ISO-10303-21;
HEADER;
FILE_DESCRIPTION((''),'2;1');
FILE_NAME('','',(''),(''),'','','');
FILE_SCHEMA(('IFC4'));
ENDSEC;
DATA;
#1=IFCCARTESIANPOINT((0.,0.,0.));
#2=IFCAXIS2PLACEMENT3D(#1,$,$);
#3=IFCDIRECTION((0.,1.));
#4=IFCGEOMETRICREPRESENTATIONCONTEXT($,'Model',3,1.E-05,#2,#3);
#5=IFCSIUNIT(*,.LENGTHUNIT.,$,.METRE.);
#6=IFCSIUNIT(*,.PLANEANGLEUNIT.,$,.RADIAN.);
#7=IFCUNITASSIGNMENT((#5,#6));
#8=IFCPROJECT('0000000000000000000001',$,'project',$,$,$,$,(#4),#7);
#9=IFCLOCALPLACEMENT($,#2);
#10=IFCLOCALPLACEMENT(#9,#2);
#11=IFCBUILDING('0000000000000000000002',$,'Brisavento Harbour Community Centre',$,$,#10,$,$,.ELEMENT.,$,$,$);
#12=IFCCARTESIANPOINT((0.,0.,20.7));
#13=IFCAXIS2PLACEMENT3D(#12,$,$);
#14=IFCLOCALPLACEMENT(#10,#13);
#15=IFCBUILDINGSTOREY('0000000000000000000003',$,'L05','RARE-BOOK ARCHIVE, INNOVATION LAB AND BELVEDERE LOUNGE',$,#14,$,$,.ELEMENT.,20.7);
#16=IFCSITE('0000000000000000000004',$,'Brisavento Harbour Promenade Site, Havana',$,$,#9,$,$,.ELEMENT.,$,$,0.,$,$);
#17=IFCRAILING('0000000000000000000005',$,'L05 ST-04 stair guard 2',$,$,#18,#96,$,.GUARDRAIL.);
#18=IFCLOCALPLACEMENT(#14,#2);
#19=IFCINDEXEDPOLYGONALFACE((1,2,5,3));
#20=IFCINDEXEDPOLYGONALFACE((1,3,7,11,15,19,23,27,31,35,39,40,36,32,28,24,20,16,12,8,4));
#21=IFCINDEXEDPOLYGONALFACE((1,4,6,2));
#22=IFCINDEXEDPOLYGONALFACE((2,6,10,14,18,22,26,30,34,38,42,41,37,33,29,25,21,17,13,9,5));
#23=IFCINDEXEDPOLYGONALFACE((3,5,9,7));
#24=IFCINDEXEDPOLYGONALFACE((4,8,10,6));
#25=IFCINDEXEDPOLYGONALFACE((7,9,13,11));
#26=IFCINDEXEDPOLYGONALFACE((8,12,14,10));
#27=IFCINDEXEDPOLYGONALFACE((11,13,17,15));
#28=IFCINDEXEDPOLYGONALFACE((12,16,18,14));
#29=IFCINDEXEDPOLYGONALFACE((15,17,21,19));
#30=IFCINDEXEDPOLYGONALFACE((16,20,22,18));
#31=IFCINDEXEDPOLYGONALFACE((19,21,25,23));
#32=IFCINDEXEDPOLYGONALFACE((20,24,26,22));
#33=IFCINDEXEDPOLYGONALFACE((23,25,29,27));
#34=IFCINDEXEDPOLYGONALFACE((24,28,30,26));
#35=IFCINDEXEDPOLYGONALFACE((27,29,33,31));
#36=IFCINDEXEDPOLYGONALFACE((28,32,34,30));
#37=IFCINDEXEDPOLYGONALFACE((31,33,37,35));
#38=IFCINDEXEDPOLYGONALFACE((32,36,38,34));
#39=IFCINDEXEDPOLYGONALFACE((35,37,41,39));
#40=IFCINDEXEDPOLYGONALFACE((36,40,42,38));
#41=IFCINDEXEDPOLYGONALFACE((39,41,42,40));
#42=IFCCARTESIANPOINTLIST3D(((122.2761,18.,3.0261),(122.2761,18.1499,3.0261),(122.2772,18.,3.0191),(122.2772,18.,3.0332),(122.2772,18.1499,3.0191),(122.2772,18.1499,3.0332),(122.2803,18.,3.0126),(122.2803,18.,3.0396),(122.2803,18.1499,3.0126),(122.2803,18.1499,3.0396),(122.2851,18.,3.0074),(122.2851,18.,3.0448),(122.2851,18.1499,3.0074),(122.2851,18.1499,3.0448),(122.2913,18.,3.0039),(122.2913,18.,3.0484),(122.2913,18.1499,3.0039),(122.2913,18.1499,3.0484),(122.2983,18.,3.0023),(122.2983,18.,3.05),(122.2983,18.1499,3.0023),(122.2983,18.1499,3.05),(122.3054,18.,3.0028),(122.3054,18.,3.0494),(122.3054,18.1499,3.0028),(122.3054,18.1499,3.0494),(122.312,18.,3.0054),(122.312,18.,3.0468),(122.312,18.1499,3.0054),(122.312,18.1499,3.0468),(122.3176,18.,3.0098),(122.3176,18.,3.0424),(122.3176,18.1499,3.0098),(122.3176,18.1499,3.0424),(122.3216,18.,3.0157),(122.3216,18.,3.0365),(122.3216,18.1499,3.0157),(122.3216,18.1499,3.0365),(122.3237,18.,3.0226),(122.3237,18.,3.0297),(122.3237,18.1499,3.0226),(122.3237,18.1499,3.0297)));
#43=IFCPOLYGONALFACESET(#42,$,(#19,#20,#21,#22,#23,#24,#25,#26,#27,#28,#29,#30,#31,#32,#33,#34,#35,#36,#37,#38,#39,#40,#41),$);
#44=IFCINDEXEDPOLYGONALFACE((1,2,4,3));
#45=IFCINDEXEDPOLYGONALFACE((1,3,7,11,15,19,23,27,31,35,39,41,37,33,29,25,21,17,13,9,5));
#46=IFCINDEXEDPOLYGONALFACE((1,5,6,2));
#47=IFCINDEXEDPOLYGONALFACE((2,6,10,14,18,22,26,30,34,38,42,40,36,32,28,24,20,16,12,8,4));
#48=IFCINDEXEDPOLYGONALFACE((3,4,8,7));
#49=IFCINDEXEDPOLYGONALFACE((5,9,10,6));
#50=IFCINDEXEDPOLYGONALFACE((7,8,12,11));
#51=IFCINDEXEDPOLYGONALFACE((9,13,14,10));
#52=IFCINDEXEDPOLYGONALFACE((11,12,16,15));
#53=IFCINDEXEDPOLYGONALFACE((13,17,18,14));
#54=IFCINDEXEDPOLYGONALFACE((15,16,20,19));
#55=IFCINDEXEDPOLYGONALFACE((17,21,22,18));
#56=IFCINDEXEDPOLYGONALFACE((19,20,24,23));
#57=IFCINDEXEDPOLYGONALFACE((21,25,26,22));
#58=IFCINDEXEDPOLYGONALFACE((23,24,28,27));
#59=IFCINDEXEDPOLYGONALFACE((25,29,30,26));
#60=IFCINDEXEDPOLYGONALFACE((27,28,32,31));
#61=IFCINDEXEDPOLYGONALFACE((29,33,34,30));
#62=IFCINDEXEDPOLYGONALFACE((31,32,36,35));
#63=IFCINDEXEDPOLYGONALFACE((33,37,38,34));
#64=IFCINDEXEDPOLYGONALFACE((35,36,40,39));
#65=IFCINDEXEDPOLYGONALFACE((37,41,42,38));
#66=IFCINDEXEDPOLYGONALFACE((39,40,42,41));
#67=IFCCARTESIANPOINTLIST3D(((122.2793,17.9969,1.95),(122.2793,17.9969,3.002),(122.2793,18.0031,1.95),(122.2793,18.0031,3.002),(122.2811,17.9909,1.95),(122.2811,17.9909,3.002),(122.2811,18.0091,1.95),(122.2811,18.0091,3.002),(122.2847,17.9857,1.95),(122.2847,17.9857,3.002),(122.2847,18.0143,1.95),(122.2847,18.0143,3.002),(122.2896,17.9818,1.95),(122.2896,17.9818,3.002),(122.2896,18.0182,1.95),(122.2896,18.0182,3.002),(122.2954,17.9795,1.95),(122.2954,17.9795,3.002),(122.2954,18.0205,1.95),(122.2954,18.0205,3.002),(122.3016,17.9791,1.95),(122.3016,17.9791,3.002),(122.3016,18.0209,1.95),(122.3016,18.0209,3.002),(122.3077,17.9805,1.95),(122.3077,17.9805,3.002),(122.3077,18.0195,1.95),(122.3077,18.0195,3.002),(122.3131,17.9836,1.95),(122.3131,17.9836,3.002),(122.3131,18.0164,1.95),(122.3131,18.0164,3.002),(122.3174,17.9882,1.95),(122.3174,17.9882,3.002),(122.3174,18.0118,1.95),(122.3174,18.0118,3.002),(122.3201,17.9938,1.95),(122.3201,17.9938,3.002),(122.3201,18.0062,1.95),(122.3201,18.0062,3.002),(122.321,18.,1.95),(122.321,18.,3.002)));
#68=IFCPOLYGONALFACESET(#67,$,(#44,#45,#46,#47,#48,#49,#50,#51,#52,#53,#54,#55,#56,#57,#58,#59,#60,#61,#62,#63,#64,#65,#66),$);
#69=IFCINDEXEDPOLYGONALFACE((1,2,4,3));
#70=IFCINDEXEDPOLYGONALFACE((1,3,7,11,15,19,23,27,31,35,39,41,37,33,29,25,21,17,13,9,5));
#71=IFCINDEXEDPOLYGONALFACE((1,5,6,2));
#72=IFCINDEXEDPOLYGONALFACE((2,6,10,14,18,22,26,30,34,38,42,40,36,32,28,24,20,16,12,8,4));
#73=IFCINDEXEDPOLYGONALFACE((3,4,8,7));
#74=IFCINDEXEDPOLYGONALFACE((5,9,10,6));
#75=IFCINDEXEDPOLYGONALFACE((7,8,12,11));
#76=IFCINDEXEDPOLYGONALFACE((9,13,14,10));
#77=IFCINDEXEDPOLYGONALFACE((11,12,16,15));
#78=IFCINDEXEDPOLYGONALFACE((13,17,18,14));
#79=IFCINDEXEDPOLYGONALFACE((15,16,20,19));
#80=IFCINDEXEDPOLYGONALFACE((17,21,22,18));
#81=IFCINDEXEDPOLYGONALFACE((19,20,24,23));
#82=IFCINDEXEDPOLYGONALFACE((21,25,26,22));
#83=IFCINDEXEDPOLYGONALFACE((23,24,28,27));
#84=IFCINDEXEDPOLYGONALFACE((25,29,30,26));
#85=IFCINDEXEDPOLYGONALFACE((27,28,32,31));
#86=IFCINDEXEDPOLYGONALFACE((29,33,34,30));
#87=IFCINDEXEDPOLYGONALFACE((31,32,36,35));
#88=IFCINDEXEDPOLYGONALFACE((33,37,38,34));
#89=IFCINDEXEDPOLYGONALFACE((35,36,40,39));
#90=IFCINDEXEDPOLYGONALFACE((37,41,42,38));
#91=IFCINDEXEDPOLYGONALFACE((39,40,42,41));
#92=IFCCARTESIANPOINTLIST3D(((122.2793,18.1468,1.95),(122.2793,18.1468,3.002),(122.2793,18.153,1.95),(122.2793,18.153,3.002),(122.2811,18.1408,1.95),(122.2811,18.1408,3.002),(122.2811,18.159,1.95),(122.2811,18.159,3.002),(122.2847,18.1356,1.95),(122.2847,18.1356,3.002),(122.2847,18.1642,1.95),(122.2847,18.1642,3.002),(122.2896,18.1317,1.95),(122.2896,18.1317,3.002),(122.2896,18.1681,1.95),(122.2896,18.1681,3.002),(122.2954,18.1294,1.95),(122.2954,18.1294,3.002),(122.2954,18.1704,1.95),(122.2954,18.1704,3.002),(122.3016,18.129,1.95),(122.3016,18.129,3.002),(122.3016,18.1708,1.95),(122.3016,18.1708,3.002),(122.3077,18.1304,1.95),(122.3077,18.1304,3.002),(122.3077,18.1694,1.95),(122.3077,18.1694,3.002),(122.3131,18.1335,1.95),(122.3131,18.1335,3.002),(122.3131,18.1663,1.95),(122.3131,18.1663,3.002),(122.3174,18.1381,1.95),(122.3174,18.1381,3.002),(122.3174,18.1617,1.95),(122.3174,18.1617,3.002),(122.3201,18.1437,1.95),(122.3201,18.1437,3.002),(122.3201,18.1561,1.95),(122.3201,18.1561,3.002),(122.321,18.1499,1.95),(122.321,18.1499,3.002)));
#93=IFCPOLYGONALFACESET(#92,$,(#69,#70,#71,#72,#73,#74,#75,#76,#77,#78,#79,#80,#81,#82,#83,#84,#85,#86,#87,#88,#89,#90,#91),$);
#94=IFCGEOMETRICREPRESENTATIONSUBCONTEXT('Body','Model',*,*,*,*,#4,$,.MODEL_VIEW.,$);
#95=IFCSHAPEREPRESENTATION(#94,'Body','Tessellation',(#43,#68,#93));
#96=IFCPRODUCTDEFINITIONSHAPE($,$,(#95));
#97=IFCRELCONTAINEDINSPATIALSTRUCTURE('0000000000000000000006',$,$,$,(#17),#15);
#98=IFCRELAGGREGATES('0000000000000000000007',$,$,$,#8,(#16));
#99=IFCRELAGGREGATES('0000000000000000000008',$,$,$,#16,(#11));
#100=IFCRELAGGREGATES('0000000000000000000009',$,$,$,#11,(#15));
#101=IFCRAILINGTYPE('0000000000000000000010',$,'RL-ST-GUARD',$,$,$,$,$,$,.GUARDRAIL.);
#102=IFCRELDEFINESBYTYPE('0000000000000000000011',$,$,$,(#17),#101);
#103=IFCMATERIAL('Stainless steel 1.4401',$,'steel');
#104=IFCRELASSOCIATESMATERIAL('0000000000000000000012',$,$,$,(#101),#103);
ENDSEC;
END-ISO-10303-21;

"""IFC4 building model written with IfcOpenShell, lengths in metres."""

from ifc_helpers import new_model, si_unit, direction, frame, origin, origin_2d, place, context, subcontext, project, spatial, circle, extrude, material, type_object, element, save


model = new_model("IFC4")

# Units and contexts
model_context = context("Model", 3, precision=1e-05, world=origin(), true_north=direction((0.0, 1.0)))
body_context = subcontext(model_context, "Body", "Model", "MODEL_VIEW")
ifc_project = project(units=[si_unit("LENGTHUNIT", "METRE"), si_unit("PLANEANGLEUNIT", "RADIAN")], contexts=[model_context])

# Site, building, storey
site_placement = place(None, origin())
site = spatial("IfcSite", under=ifc_project, at=site_placement, Name="Brisavento Harbour Promenade Site, Havana", CompositionType="ELEMENT", RefElevation=0.0)
building_placement = place(site_placement, origin())
building = spatial("IfcBuilding", under=site, at=building_placement, Name="Brisavento Harbour Community Centre", CompositionType="ELEMENT")
storey_placement = place(building_placement, frame((0.0, 0.0, 20.7)))
storey = spatial("IfcBuildingStorey", under=building, at=storey_placement, Name="L05", Description="RARE-BOOK ARCHIVE, INNOVATION LAB AND BELVEDERE LOUNGE", CompositionType="ELEMENT", Elevation=20.7)

# Railing
ifc_material_1 = material(Name="Stainless steel 1.4401", Category="steel")
railing_type_1 = type_object("IfcRailingType", Name="RL-ST-GUARD", PredefinedType="GUARDRAIL", material=ifc_material_1)
railing_1_placement = place(storey_placement, frame((122.3, 18.0, 1.95)))
element("IfcRailing", 1, at=railing_1_placement, inside=storey, type_object=railing_type_1, Name="L05 ST-04 stair guard 2", PredefinedType="GUARDRAIL", context=body_context, shape_type="SweptSolid", body=[
    extrude(circle(Radius=0.0239, at=origin_2d()), frame((0.0, 0.0, 1.0762), z_axis=(0.0, 1.0, 0.0), x_axis=(-1.0, 0.0, 0.0)), (0.0, 0.0, 1.0), 0.1499),
    extrude(circle(Radius=0.021, at=origin_2d()), origin(), (0.0, 0.0, 1.0), 1.052),
    extrude(circle(Radius=0.021, at=origin_2d()), frame((0.0, 0.1499, 0.0)), (0.0, 0.0, 1.0), 1.052),
])

save(model, "model.ifc")
